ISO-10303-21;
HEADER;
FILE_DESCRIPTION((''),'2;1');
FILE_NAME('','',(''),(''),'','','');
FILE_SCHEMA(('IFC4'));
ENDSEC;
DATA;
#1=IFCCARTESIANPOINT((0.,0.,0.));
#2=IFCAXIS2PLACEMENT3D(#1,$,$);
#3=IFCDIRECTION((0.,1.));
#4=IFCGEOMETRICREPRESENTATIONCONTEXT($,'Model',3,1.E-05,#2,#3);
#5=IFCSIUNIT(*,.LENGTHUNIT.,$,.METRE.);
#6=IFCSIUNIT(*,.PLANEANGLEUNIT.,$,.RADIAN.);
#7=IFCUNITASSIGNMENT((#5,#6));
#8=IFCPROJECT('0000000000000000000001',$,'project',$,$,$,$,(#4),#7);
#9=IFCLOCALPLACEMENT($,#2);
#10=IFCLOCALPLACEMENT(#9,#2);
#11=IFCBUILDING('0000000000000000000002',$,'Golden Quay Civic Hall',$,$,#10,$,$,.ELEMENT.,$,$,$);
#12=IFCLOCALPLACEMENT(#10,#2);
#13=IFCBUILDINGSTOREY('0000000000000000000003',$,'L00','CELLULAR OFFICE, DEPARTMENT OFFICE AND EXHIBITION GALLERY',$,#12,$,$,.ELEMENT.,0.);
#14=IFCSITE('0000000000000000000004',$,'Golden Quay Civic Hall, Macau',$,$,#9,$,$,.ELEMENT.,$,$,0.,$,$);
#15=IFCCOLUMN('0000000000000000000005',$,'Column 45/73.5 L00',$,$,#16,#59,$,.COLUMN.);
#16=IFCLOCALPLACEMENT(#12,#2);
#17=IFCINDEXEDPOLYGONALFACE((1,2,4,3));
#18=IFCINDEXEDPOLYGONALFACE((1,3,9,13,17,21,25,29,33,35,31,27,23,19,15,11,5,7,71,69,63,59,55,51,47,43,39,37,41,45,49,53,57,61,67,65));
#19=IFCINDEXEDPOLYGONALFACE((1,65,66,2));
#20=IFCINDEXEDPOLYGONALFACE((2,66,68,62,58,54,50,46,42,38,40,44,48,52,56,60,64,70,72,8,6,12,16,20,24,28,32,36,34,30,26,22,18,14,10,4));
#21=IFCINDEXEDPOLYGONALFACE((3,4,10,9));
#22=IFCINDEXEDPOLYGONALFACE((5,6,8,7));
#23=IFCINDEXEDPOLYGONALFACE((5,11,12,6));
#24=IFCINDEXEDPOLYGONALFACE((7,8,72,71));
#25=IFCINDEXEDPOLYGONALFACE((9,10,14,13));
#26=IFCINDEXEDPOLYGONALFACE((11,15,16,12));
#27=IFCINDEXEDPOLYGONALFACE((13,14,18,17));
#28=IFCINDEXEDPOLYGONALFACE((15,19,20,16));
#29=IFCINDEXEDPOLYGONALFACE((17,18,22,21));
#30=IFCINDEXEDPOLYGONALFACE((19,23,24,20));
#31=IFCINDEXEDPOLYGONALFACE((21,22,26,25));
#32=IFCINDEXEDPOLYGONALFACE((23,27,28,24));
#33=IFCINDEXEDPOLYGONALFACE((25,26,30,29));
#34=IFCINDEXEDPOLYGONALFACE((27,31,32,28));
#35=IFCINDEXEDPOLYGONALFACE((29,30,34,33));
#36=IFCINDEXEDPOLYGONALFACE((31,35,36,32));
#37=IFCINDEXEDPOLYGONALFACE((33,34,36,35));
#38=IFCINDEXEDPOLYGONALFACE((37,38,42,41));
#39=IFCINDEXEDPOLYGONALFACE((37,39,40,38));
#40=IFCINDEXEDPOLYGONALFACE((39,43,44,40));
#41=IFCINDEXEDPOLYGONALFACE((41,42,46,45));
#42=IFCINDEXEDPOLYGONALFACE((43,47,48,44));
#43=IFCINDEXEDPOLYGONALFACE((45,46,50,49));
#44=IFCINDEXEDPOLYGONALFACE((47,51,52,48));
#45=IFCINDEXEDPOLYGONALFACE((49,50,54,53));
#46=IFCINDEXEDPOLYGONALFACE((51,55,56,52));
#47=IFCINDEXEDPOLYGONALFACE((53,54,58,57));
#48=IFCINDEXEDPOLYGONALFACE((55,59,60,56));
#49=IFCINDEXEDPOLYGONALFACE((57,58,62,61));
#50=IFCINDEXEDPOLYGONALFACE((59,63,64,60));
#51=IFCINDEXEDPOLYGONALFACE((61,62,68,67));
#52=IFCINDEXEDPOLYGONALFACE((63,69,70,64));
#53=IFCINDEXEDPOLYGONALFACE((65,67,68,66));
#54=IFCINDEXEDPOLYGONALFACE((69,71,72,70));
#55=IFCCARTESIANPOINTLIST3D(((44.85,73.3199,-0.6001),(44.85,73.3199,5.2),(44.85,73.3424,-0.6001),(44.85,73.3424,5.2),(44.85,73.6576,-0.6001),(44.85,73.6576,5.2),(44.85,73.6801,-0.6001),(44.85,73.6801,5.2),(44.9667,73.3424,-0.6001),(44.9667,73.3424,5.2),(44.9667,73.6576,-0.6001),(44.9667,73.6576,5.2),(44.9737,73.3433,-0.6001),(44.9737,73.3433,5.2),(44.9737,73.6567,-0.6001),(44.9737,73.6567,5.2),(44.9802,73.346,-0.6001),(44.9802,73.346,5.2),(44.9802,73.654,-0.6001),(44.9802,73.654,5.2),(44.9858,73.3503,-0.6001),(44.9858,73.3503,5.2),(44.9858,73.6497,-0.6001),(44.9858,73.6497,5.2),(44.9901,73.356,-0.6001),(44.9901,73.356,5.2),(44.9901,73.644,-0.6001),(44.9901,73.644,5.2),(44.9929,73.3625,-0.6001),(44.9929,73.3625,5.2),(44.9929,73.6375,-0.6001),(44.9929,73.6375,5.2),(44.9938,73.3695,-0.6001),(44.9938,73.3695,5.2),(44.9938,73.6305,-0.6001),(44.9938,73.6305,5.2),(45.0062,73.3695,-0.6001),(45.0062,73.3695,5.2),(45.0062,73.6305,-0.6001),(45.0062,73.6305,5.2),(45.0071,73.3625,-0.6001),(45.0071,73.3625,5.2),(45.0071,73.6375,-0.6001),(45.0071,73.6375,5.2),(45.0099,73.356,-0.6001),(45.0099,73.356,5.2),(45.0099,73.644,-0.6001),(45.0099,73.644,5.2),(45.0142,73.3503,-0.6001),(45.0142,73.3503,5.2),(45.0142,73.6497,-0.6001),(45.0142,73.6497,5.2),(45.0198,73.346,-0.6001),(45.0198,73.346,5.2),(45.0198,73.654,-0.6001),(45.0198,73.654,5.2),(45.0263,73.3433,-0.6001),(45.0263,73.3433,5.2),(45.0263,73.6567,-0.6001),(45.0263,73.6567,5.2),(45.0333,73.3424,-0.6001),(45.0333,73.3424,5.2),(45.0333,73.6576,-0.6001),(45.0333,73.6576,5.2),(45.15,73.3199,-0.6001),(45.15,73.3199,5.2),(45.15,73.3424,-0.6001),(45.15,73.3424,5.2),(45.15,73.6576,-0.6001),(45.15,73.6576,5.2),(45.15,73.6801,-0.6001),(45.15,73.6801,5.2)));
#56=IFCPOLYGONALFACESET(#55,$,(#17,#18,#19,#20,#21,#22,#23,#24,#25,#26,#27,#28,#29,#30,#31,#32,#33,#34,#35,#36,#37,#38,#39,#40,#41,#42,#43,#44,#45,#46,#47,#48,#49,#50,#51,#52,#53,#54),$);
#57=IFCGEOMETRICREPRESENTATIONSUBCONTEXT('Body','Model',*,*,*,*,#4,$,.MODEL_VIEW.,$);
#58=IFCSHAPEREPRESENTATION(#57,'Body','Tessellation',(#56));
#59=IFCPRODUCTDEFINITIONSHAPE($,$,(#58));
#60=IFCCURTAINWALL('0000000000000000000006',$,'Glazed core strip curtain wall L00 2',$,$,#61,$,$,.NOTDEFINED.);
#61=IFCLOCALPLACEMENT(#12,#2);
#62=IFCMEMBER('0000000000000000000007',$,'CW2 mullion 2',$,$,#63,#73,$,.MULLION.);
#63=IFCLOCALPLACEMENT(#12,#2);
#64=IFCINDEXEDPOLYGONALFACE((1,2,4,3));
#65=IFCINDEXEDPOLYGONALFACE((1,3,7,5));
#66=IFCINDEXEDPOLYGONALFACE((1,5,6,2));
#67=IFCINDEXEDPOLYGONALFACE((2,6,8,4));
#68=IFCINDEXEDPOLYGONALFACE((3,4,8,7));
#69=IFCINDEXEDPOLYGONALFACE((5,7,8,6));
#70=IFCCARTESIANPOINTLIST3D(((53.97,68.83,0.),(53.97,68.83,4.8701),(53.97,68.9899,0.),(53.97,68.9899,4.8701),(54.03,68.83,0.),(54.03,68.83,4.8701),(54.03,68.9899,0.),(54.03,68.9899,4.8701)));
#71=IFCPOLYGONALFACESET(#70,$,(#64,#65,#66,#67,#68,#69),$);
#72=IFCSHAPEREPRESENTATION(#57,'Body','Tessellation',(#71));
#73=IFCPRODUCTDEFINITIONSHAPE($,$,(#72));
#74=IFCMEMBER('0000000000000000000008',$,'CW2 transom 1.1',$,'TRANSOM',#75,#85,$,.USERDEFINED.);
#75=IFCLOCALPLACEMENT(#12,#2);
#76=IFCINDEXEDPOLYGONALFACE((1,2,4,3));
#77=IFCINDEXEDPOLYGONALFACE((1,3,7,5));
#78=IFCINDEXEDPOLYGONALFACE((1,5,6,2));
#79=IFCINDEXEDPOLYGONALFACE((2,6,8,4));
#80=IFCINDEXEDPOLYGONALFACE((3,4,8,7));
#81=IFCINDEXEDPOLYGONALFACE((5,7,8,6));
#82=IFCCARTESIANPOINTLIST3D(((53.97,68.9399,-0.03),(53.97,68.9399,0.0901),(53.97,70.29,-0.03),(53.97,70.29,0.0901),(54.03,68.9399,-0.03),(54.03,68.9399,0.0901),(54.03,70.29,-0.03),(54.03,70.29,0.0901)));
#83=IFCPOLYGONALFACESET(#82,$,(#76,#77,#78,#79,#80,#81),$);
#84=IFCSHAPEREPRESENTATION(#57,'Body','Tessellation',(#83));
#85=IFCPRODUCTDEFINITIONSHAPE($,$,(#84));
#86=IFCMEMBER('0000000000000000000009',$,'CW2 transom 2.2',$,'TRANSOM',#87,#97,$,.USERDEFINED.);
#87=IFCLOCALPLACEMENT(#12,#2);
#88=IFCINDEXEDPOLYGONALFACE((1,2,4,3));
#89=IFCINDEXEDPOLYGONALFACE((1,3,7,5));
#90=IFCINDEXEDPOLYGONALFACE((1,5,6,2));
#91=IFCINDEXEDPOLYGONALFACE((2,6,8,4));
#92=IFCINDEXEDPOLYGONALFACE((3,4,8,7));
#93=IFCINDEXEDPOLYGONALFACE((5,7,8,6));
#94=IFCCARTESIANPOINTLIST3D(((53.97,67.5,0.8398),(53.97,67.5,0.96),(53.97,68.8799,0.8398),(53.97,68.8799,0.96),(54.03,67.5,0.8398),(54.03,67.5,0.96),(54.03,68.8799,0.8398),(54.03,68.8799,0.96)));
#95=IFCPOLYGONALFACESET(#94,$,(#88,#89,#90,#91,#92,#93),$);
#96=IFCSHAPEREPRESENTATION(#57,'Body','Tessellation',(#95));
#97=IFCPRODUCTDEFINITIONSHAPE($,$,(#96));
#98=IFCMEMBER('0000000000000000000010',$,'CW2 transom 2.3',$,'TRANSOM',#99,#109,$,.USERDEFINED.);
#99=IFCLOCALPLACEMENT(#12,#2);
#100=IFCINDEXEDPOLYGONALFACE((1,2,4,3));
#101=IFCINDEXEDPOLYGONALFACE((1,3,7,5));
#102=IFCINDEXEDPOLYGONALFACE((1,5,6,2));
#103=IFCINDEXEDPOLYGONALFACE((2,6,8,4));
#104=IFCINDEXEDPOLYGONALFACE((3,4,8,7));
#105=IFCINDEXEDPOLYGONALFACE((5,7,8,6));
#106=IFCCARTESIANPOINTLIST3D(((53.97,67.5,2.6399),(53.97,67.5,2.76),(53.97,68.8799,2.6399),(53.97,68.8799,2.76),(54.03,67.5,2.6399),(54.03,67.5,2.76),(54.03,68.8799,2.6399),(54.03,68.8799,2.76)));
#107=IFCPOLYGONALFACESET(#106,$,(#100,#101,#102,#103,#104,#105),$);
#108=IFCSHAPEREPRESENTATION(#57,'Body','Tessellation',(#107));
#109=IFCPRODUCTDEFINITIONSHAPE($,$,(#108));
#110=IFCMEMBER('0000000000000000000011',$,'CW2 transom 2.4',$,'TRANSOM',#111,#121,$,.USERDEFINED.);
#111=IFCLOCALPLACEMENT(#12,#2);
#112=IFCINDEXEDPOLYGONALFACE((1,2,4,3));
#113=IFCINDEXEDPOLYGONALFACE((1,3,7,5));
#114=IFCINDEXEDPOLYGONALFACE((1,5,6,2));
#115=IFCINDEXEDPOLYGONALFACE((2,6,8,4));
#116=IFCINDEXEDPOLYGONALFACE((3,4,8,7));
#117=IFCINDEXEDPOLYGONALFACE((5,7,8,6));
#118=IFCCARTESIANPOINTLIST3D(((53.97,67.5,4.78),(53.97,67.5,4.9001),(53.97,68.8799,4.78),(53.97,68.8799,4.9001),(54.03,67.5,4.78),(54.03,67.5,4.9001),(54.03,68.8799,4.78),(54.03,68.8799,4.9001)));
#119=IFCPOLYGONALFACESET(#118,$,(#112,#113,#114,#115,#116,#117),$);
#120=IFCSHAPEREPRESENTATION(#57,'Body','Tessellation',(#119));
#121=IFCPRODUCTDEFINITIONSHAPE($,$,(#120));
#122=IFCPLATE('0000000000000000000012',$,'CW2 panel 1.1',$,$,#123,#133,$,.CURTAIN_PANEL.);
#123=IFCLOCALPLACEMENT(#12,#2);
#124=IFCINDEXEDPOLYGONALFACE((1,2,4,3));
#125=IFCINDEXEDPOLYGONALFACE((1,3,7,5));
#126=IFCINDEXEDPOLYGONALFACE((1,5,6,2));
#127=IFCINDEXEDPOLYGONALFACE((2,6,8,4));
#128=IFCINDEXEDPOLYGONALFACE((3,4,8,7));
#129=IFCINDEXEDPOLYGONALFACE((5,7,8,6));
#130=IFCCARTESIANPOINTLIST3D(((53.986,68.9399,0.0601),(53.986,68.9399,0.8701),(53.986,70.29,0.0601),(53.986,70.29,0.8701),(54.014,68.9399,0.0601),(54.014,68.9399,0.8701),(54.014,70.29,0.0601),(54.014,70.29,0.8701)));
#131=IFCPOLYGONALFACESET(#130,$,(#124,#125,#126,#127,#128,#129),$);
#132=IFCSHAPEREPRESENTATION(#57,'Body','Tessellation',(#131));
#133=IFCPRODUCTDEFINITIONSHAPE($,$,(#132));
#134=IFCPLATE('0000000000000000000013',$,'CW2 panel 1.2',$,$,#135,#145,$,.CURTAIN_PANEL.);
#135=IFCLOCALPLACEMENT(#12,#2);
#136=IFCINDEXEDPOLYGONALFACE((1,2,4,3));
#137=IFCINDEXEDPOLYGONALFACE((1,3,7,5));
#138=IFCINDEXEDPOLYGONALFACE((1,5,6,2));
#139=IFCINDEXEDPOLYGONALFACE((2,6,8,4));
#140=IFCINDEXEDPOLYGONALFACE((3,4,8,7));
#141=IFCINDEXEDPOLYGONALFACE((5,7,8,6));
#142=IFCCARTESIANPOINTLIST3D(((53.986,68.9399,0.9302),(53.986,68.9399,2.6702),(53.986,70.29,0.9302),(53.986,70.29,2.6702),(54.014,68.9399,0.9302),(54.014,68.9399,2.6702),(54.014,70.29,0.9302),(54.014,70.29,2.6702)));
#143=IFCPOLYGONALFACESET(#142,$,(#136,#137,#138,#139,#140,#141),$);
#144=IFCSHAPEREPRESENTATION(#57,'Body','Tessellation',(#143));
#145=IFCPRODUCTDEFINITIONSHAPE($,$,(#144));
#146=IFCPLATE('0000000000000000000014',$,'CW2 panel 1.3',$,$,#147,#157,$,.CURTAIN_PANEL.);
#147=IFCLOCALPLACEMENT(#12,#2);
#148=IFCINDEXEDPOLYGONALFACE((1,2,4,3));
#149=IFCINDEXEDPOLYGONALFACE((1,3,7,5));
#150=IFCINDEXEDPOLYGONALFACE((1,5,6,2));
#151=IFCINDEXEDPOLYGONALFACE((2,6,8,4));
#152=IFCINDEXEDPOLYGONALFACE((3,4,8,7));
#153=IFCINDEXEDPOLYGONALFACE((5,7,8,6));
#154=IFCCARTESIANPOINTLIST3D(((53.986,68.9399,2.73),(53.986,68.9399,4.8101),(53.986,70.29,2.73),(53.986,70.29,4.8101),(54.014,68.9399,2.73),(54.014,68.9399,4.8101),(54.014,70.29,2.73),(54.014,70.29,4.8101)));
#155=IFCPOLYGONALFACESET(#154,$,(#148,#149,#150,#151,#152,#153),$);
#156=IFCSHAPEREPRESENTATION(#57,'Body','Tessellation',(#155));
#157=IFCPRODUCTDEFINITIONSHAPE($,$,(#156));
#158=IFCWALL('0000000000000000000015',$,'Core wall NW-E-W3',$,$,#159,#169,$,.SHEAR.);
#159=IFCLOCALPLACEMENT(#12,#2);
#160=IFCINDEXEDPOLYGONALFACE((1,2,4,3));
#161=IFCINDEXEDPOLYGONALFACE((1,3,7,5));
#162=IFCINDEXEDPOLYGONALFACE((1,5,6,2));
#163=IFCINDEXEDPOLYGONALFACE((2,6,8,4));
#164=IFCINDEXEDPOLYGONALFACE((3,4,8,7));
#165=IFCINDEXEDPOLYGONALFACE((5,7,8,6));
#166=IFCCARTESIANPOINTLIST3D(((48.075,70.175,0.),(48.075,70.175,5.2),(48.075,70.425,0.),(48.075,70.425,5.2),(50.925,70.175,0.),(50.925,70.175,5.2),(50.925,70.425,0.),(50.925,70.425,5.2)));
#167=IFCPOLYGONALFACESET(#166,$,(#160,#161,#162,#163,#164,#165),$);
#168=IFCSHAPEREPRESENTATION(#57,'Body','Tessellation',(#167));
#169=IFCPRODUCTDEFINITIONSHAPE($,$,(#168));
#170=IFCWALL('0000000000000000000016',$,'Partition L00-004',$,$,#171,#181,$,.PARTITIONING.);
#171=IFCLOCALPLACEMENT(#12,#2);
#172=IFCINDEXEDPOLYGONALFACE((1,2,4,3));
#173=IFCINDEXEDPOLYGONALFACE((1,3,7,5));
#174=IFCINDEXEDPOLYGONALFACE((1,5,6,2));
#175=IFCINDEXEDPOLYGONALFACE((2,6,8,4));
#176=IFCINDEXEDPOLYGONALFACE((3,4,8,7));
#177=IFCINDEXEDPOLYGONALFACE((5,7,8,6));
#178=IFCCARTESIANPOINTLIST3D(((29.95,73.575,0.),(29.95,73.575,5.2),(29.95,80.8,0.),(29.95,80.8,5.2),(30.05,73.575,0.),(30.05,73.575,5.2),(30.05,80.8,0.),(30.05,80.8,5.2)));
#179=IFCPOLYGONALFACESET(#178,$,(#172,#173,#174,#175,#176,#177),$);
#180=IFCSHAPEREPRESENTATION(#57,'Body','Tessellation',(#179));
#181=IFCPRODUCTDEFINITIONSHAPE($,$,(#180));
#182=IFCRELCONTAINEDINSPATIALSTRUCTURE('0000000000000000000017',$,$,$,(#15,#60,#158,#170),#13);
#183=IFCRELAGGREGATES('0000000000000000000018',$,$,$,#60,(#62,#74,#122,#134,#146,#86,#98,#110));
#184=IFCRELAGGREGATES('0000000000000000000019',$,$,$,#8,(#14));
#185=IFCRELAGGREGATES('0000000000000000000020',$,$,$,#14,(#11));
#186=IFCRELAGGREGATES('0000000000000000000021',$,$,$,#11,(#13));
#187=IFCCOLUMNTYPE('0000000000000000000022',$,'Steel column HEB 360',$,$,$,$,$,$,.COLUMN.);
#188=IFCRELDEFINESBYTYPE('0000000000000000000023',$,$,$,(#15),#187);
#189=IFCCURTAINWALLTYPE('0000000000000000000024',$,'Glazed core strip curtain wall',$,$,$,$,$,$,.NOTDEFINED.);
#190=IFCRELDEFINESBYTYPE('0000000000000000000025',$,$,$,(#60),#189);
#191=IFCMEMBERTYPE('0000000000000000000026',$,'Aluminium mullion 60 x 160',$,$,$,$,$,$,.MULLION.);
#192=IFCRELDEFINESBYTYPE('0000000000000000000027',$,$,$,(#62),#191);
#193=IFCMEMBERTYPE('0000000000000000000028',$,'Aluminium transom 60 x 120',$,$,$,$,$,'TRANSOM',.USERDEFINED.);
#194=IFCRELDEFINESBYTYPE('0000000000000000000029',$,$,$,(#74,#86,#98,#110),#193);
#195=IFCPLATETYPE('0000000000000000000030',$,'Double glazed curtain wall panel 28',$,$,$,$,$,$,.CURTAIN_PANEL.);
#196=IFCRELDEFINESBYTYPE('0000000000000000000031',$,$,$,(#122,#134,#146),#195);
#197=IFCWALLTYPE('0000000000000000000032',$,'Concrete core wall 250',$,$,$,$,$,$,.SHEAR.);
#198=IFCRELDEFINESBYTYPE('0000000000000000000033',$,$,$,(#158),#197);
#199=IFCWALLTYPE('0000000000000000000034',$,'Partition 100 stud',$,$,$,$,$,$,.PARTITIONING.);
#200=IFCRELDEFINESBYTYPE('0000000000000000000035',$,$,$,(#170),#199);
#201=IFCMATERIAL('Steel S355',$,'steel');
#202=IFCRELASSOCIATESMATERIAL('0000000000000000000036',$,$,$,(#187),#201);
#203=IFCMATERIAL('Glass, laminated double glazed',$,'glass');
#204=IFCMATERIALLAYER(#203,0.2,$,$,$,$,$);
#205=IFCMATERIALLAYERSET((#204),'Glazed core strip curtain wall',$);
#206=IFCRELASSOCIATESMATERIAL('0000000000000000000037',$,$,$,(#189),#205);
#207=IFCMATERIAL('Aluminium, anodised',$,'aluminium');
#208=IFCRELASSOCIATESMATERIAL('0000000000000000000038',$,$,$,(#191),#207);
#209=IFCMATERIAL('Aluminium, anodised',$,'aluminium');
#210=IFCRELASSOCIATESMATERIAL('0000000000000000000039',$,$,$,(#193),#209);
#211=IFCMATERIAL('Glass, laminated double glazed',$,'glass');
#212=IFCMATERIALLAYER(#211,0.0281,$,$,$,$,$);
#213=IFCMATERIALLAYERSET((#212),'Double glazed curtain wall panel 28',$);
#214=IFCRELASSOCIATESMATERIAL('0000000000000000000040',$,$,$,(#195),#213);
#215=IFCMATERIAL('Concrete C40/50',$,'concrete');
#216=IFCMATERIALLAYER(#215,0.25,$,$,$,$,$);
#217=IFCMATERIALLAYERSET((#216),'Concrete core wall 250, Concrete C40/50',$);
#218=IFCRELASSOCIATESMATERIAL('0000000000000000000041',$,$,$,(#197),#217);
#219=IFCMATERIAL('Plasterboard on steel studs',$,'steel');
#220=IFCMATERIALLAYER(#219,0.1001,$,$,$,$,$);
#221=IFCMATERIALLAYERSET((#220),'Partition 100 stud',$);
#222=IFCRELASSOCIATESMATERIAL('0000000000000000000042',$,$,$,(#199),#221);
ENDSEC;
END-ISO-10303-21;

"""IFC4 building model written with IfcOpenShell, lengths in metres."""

from ifc_helpers import new_model, si_unit, direction, frame, frame_2d, origin, origin_2d, place, context, subcontext, project, spatial, rectangle, i_section, extrude, material, layer, layer_set, material_profile, profile_set, type_object, element, aggregate, save


model = new_model("IFC4")

# Units and contexts
model_context = context("Model", 3, precision=1e-05, world=origin(), true_north=direction((0.0, 1.0)))
body_context = subcontext(model_context, "Body", "Model", "MODEL_VIEW")
ifc_project = project(units=[si_unit("LENGTHUNIT", "METRE"), si_unit("PLANEANGLEUNIT", "RADIAN")], contexts=[model_context])

# Site, building, storey
site_placement = place(None, origin())
site = spatial("IfcSite", under=ifc_project, at=site_placement, Name="Golden Quay Civic Hall, Macau", CompositionType="ELEMENT", RefElevation=0.0)
building_placement = place(site_placement, origin())
building = spatial("IfcBuilding", under=site, at=building_placement, Name="Golden Quay Civic Hall", CompositionType="ELEMENT")
storey_placement = place(building_placement, origin())
storey = spatial("IfcBuildingStorey", under=building, at=storey_placement, Name="L00", Description="CELLULAR OFFICE, DEPARTMENT OFFICE AND EXHIBITION GALLERY", CompositionType="ELEMENT", Elevation=0.0)

# Column
ifc_material_1 = material(Name="Steel S355", Category="steel")
ifc_material_profile_1 = material_profile(ifc_material_1, i_section(OverallWidth=0.3, OverallDepth=0.3601, WebThickness=0.0125, FlangeThickness=0.0225, FilletRadius=0.0271, at=origin_2d()), Name="HEB 360")
ifc_profile_set_1 = profile_set([ifc_material_profile_1], Name="Steel S355")
column_type = type_object("IfcColumnType", Name="Steel column HEB 360", PredefinedType="COLUMN", material=ifc_profile_set_1)
for number, where, z_axis, x_axis, name in (
    (1, (45.0, 73.5, -0.6001), (0.0, 0.0, 1.0), (1.0, 0.0, 0.0), "Column 45/73.5 L00"),
):
    element("IfcColumn", number, at=place(storey_placement, frame(where, z_axis=z_axis, x_axis=x_axis)), inside=storey, type_object=column_type, Name=name, PredefinedType="COLUMN", context=body_context, shape_type="SweptSolid", body=[
        extrude(i_section(OverallWidth=0.3, OverallDepth=0.3601, WebThickness=0.0125, FlangeThickness=0.0225, FilletRadius=0.0271, at=origin_2d()), origin(), (0.0, 0.0, 1.0), 5.8),
    ])

# Curtain wall, members, plates
ifc_material_2 = material(Name="Glass, laminated double glazed", Category="glass")
ifc_layer_1 = layer(ifc_material_2, 0.2)
ifc_layer_set_1 = layer_set([ifc_layer_1], Name="Glazed core strip curtain wall")
curtain_wall_type = type_object("IfcCurtainWallType", Name="Glazed core strip curtain wall", PredefinedType="NOTDEFINED", material=ifc_layer_set_1)
curtain_wall_placement = place(storey_placement, origin())
curtain_wall = element("IfcCurtainWall", 2, at=curtain_wall_placement, inside=storey, type_object=curtain_wall_type, Name="Glazed core strip curtain wall L00 2", PredefinedType="NOTDEFINED")
ifc_material_3 = material(Name="Aluminium, anodised", Category="aluminium")
ifc_material_profile_2 = material_profile(ifc_material_3, rectangle(XDim=0.0601, YDim=0.1599, at=origin_2d()), Name="Aluminium 60 x 160")
ifc_profile_set_2 = profile_set([ifc_material_profile_2], Name="Aluminium, anodised")
member_type_1 = type_object("IfcMemberType", Name="Aluminium mullion 60 x 160", PredefinedType="MULLION", material=ifc_profile_set_2)
member_1_placement = place(storey_placement, frame((54.0, 68.9099, 0.0), z_axis=(0.0, 0.0, 1.0), x_axis=(1.0, 0.0, 0.0)))
member_1 = element("IfcMember", 3, at=member_1_placement, type_object=member_type_1, Name="CW2 mullion 2", PredefinedType="MULLION", context=body_context, shape_type="SweptSolid", body=[
    extrude(rectangle(XDim=0.0601, YDim=0.1599, at=origin_2d()), origin(), (0.0, 0.0, 1.0), 4.8701),
])
ifc_material_4 = material(Name="Aluminium, anodised", Category="aluminium")
ifc_material_profile_3 = material_profile(ifc_material_4, rectangle(XDim=0.0601, YDim=0.1201, at=origin_2d()), Name="Aluminium 60 x 120")
ifc_profile_set_3 = profile_set([ifc_material_profile_3], Name="Aluminium, anodised")
member_type_2 = type_object("IfcMemberType", Name="Aluminium transom 60 x 120", ElementType="TRANSOM", PredefinedType="USERDEFINED", material=ifc_profile_set_3)
member_2_placement = place(storey_placement, frame((54.0, 70.29, 0.03), z_axis=(0.0, -1.0, 0.0), x_axis=(1.0, 0.0, 0.0)))
member_2 = element("IfcMember", 4, at=member_2_placement, type_object=member_type_2, Name="CW2 transom 1.1", ObjectType="TRANSOM", PredefinedType="USERDEFINED", context=body_context, shape_type="SweptSolid", body=[
    extrude(rectangle(XDim=0.0601, YDim=0.1201, at=origin_2d()), origin(), (0.0, 0.0, 1.0), 1.3501),
])
member_3_placement = place(storey_placement, frame((54.0, 68.8799, 0.8999), z_axis=(0.0, -1.0, 0.0), x_axis=(1.0, 0.0, 0.0)))
member_3 = element("IfcMember", 5, at=member_3_placement, type_object=member_type_2, Name="CW2 transom 2.2", ObjectType="TRANSOM", PredefinedType="USERDEFINED", context=body_context, shape_type="SweptSolid", body=[
    extrude(rectangle(XDim=0.0601, YDim=0.1201, at=origin_2d()), origin(), (0.0, 0.0, 1.0), 1.3799),
])
member_4_placement = place(storey_placement, frame((54.0, 68.8799, 2.7), z_axis=(0.0, -1.0, 0.0), x_axis=(1.0, 0.0, 0.0)))
member_4 = element("IfcMember", 6, at=member_4_placement, type_object=member_type_2, Name="CW2 transom 2.3", ObjectType="TRANSOM", PredefinedType="USERDEFINED", context=body_context, shape_type="SweptSolid", body=[
    extrude(rectangle(XDim=0.0601, YDim=0.1201, at=origin_2d()), origin(), (0.0, 0.0, 1.0), 1.3799),
])
member_5_placement = place(storey_placement, frame((54.0, 68.8799, 4.8401), z_axis=(0.0, -1.0, 0.0), x_axis=(1.0, 0.0, 0.0)))
member_5 = element("IfcMember", 7, at=member_5_placement, type_object=member_type_2, Name="CW2 transom 2.4", ObjectType="TRANSOM", PredefinedType="USERDEFINED", context=body_context, shape_type="SweptSolid", body=[
    extrude(rectangle(XDim=0.0601, YDim=0.1201, at=origin_2d()), origin(), (0.0, 0.0, 1.0), 1.3799),
])
ifc_material_5 = material(Name="Glass, laminated double glazed", Category="glass")
ifc_layer_2 = layer(ifc_material_5, 0.0281)
ifc_layer_set_2 = layer_set([ifc_layer_2], Name="Double glazed curtain wall panel 28")
plate_type = type_object("IfcPlateType", Name="Double glazed curtain wall panel 28", PredefinedType="CURTAIN_PANEL", material=ifc_layer_set_2)
plate_1_placement = place(storey_placement, frame((54.0, 69.615, 0.0601), z_axis=(0.0, 0.0, 1.0), x_axis=(0.0, -1.0, 0.0)))
plate_1 = element("IfcPlate", 8, at=plate_1_placement, type_object=plate_type, Name="CW2 panel 1.1", PredefinedType="CURTAIN_PANEL", context=body_context, shape_type="SweptSolid", body=[
    extrude(rectangle(XDim=1.3501, YDim=0.0281, at=origin_2d()), origin(), (0.0, 0.0, 1.0), 0.8101),
])
plate_2_placement = place(storey_placement, frame((54.0, 69.615, 0.9302), z_axis=(0.0, 0.0, 1.0), x_axis=(0.0, -1.0, 0.0)))
plate_2 = element("IfcPlate", 9, at=plate_2_placement, type_object=plate_type, Name="CW2 panel 1.2", PredefinedType="CURTAIN_PANEL", context=body_context, shape_type="SweptSolid", body=[
    extrude(rectangle(XDim=1.3501, YDim=0.0281, at=origin_2d()), origin(), (0.0, 0.0, 1.0), 1.74),
])
plate_3_placement = place(storey_placement, frame((54.0, 69.615, 2.73), z_axis=(0.0, 0.0, 1.0), x_axis=(0.0, -1.0, 0.0)))
plate_3 = element("IfcPlate", 10, at=plate_3_placement, type_object=plate_type, Name="CW2 panel 1.3", PredefinedType="CURTAIN_PANEL", context=body_context, shape_type="SweptSolid", body=[
    extrude(rectangle(XDim=1.3501, YDim=0.0281, at=origin_2d()), origin(), (0.0, 0.0, 1.0), 2.0801),
])
aggregate(curtain_wall, [member_1, member_2, plate_1, plate_2, plate_3, member_3, member_4, member_5])

# Walls
ifc_material_6 = material(Name="Concrete C40/50", Category="concrete")
ifc_layer_3 = layer(ifc_material_6, 0.25)
ifc_layer_set_3 = layer_set([ifc_layer_3], Name="Concrete core wall 250, Concrete C40/50")
wall_type_1 = type_object("IfcWallType", Name="Concrete core wall 250", PredefinedType="SHEAR", material=ifc_layer_set_3)
wall_placement = place(storey_placement, frame((48.075, 70.3, 0.0), z_axis=(0.0, 0.0, 1.0), x_axis=(1.0, 0.0, 0.0)))
element("IfcWall", 11, at=wall_placement, inside=storey, type_object=wall_type_1, Name="Core wall NW-E-W3", PredefinedType="SHEAR", context=body_context, shape_type="SweptSolid", body=[
    extrude(rectangle(XDim=2.8501, YDim=0.25, at=frame_2d((1.425, 0.0))), origin(), (0.0, 0.0, 1.0), 5.2),
])
ifc_material_7 = material(Name="Plasterboard on steel studs", Category="steel")
ifc_layer_4 = layer(ifc_material_7, 0.1001)
ifc_layer_set_4 = layer_set([ifc_layer_4], Name="Partition 100 stud")
wall_type_2 = type_object("IfcWallType", Name="Partition 100 stud", PredefinedType="PARTITIONING", material=ifc_layer_set_4)
for number, where, z_axis, x_axis, name in (
    (12, (30.0, 73.575, 0.0), (0.0, 0.0, 1.0), (0.0, 1.0, 0.0), "Partition L00-004"),
):
    element("IfcWall", number, at=place(storey_placement, frame(where, z_axis=z_axis, x_axis=x_axis)), inside=storey, type_object=wall_type_2, Name=name, PredefinedType="PARTITIONING", context=body_context, shape_type="SweptSolid", body=[
        extrude(rectangle(XDim=7.2251, YDim=0.1001, at=frame_2d((3.6125, 0.0))), origin(), (0.0, 0.0, 1.0), 5.2),
    ])

save(model, "model.ifc")
